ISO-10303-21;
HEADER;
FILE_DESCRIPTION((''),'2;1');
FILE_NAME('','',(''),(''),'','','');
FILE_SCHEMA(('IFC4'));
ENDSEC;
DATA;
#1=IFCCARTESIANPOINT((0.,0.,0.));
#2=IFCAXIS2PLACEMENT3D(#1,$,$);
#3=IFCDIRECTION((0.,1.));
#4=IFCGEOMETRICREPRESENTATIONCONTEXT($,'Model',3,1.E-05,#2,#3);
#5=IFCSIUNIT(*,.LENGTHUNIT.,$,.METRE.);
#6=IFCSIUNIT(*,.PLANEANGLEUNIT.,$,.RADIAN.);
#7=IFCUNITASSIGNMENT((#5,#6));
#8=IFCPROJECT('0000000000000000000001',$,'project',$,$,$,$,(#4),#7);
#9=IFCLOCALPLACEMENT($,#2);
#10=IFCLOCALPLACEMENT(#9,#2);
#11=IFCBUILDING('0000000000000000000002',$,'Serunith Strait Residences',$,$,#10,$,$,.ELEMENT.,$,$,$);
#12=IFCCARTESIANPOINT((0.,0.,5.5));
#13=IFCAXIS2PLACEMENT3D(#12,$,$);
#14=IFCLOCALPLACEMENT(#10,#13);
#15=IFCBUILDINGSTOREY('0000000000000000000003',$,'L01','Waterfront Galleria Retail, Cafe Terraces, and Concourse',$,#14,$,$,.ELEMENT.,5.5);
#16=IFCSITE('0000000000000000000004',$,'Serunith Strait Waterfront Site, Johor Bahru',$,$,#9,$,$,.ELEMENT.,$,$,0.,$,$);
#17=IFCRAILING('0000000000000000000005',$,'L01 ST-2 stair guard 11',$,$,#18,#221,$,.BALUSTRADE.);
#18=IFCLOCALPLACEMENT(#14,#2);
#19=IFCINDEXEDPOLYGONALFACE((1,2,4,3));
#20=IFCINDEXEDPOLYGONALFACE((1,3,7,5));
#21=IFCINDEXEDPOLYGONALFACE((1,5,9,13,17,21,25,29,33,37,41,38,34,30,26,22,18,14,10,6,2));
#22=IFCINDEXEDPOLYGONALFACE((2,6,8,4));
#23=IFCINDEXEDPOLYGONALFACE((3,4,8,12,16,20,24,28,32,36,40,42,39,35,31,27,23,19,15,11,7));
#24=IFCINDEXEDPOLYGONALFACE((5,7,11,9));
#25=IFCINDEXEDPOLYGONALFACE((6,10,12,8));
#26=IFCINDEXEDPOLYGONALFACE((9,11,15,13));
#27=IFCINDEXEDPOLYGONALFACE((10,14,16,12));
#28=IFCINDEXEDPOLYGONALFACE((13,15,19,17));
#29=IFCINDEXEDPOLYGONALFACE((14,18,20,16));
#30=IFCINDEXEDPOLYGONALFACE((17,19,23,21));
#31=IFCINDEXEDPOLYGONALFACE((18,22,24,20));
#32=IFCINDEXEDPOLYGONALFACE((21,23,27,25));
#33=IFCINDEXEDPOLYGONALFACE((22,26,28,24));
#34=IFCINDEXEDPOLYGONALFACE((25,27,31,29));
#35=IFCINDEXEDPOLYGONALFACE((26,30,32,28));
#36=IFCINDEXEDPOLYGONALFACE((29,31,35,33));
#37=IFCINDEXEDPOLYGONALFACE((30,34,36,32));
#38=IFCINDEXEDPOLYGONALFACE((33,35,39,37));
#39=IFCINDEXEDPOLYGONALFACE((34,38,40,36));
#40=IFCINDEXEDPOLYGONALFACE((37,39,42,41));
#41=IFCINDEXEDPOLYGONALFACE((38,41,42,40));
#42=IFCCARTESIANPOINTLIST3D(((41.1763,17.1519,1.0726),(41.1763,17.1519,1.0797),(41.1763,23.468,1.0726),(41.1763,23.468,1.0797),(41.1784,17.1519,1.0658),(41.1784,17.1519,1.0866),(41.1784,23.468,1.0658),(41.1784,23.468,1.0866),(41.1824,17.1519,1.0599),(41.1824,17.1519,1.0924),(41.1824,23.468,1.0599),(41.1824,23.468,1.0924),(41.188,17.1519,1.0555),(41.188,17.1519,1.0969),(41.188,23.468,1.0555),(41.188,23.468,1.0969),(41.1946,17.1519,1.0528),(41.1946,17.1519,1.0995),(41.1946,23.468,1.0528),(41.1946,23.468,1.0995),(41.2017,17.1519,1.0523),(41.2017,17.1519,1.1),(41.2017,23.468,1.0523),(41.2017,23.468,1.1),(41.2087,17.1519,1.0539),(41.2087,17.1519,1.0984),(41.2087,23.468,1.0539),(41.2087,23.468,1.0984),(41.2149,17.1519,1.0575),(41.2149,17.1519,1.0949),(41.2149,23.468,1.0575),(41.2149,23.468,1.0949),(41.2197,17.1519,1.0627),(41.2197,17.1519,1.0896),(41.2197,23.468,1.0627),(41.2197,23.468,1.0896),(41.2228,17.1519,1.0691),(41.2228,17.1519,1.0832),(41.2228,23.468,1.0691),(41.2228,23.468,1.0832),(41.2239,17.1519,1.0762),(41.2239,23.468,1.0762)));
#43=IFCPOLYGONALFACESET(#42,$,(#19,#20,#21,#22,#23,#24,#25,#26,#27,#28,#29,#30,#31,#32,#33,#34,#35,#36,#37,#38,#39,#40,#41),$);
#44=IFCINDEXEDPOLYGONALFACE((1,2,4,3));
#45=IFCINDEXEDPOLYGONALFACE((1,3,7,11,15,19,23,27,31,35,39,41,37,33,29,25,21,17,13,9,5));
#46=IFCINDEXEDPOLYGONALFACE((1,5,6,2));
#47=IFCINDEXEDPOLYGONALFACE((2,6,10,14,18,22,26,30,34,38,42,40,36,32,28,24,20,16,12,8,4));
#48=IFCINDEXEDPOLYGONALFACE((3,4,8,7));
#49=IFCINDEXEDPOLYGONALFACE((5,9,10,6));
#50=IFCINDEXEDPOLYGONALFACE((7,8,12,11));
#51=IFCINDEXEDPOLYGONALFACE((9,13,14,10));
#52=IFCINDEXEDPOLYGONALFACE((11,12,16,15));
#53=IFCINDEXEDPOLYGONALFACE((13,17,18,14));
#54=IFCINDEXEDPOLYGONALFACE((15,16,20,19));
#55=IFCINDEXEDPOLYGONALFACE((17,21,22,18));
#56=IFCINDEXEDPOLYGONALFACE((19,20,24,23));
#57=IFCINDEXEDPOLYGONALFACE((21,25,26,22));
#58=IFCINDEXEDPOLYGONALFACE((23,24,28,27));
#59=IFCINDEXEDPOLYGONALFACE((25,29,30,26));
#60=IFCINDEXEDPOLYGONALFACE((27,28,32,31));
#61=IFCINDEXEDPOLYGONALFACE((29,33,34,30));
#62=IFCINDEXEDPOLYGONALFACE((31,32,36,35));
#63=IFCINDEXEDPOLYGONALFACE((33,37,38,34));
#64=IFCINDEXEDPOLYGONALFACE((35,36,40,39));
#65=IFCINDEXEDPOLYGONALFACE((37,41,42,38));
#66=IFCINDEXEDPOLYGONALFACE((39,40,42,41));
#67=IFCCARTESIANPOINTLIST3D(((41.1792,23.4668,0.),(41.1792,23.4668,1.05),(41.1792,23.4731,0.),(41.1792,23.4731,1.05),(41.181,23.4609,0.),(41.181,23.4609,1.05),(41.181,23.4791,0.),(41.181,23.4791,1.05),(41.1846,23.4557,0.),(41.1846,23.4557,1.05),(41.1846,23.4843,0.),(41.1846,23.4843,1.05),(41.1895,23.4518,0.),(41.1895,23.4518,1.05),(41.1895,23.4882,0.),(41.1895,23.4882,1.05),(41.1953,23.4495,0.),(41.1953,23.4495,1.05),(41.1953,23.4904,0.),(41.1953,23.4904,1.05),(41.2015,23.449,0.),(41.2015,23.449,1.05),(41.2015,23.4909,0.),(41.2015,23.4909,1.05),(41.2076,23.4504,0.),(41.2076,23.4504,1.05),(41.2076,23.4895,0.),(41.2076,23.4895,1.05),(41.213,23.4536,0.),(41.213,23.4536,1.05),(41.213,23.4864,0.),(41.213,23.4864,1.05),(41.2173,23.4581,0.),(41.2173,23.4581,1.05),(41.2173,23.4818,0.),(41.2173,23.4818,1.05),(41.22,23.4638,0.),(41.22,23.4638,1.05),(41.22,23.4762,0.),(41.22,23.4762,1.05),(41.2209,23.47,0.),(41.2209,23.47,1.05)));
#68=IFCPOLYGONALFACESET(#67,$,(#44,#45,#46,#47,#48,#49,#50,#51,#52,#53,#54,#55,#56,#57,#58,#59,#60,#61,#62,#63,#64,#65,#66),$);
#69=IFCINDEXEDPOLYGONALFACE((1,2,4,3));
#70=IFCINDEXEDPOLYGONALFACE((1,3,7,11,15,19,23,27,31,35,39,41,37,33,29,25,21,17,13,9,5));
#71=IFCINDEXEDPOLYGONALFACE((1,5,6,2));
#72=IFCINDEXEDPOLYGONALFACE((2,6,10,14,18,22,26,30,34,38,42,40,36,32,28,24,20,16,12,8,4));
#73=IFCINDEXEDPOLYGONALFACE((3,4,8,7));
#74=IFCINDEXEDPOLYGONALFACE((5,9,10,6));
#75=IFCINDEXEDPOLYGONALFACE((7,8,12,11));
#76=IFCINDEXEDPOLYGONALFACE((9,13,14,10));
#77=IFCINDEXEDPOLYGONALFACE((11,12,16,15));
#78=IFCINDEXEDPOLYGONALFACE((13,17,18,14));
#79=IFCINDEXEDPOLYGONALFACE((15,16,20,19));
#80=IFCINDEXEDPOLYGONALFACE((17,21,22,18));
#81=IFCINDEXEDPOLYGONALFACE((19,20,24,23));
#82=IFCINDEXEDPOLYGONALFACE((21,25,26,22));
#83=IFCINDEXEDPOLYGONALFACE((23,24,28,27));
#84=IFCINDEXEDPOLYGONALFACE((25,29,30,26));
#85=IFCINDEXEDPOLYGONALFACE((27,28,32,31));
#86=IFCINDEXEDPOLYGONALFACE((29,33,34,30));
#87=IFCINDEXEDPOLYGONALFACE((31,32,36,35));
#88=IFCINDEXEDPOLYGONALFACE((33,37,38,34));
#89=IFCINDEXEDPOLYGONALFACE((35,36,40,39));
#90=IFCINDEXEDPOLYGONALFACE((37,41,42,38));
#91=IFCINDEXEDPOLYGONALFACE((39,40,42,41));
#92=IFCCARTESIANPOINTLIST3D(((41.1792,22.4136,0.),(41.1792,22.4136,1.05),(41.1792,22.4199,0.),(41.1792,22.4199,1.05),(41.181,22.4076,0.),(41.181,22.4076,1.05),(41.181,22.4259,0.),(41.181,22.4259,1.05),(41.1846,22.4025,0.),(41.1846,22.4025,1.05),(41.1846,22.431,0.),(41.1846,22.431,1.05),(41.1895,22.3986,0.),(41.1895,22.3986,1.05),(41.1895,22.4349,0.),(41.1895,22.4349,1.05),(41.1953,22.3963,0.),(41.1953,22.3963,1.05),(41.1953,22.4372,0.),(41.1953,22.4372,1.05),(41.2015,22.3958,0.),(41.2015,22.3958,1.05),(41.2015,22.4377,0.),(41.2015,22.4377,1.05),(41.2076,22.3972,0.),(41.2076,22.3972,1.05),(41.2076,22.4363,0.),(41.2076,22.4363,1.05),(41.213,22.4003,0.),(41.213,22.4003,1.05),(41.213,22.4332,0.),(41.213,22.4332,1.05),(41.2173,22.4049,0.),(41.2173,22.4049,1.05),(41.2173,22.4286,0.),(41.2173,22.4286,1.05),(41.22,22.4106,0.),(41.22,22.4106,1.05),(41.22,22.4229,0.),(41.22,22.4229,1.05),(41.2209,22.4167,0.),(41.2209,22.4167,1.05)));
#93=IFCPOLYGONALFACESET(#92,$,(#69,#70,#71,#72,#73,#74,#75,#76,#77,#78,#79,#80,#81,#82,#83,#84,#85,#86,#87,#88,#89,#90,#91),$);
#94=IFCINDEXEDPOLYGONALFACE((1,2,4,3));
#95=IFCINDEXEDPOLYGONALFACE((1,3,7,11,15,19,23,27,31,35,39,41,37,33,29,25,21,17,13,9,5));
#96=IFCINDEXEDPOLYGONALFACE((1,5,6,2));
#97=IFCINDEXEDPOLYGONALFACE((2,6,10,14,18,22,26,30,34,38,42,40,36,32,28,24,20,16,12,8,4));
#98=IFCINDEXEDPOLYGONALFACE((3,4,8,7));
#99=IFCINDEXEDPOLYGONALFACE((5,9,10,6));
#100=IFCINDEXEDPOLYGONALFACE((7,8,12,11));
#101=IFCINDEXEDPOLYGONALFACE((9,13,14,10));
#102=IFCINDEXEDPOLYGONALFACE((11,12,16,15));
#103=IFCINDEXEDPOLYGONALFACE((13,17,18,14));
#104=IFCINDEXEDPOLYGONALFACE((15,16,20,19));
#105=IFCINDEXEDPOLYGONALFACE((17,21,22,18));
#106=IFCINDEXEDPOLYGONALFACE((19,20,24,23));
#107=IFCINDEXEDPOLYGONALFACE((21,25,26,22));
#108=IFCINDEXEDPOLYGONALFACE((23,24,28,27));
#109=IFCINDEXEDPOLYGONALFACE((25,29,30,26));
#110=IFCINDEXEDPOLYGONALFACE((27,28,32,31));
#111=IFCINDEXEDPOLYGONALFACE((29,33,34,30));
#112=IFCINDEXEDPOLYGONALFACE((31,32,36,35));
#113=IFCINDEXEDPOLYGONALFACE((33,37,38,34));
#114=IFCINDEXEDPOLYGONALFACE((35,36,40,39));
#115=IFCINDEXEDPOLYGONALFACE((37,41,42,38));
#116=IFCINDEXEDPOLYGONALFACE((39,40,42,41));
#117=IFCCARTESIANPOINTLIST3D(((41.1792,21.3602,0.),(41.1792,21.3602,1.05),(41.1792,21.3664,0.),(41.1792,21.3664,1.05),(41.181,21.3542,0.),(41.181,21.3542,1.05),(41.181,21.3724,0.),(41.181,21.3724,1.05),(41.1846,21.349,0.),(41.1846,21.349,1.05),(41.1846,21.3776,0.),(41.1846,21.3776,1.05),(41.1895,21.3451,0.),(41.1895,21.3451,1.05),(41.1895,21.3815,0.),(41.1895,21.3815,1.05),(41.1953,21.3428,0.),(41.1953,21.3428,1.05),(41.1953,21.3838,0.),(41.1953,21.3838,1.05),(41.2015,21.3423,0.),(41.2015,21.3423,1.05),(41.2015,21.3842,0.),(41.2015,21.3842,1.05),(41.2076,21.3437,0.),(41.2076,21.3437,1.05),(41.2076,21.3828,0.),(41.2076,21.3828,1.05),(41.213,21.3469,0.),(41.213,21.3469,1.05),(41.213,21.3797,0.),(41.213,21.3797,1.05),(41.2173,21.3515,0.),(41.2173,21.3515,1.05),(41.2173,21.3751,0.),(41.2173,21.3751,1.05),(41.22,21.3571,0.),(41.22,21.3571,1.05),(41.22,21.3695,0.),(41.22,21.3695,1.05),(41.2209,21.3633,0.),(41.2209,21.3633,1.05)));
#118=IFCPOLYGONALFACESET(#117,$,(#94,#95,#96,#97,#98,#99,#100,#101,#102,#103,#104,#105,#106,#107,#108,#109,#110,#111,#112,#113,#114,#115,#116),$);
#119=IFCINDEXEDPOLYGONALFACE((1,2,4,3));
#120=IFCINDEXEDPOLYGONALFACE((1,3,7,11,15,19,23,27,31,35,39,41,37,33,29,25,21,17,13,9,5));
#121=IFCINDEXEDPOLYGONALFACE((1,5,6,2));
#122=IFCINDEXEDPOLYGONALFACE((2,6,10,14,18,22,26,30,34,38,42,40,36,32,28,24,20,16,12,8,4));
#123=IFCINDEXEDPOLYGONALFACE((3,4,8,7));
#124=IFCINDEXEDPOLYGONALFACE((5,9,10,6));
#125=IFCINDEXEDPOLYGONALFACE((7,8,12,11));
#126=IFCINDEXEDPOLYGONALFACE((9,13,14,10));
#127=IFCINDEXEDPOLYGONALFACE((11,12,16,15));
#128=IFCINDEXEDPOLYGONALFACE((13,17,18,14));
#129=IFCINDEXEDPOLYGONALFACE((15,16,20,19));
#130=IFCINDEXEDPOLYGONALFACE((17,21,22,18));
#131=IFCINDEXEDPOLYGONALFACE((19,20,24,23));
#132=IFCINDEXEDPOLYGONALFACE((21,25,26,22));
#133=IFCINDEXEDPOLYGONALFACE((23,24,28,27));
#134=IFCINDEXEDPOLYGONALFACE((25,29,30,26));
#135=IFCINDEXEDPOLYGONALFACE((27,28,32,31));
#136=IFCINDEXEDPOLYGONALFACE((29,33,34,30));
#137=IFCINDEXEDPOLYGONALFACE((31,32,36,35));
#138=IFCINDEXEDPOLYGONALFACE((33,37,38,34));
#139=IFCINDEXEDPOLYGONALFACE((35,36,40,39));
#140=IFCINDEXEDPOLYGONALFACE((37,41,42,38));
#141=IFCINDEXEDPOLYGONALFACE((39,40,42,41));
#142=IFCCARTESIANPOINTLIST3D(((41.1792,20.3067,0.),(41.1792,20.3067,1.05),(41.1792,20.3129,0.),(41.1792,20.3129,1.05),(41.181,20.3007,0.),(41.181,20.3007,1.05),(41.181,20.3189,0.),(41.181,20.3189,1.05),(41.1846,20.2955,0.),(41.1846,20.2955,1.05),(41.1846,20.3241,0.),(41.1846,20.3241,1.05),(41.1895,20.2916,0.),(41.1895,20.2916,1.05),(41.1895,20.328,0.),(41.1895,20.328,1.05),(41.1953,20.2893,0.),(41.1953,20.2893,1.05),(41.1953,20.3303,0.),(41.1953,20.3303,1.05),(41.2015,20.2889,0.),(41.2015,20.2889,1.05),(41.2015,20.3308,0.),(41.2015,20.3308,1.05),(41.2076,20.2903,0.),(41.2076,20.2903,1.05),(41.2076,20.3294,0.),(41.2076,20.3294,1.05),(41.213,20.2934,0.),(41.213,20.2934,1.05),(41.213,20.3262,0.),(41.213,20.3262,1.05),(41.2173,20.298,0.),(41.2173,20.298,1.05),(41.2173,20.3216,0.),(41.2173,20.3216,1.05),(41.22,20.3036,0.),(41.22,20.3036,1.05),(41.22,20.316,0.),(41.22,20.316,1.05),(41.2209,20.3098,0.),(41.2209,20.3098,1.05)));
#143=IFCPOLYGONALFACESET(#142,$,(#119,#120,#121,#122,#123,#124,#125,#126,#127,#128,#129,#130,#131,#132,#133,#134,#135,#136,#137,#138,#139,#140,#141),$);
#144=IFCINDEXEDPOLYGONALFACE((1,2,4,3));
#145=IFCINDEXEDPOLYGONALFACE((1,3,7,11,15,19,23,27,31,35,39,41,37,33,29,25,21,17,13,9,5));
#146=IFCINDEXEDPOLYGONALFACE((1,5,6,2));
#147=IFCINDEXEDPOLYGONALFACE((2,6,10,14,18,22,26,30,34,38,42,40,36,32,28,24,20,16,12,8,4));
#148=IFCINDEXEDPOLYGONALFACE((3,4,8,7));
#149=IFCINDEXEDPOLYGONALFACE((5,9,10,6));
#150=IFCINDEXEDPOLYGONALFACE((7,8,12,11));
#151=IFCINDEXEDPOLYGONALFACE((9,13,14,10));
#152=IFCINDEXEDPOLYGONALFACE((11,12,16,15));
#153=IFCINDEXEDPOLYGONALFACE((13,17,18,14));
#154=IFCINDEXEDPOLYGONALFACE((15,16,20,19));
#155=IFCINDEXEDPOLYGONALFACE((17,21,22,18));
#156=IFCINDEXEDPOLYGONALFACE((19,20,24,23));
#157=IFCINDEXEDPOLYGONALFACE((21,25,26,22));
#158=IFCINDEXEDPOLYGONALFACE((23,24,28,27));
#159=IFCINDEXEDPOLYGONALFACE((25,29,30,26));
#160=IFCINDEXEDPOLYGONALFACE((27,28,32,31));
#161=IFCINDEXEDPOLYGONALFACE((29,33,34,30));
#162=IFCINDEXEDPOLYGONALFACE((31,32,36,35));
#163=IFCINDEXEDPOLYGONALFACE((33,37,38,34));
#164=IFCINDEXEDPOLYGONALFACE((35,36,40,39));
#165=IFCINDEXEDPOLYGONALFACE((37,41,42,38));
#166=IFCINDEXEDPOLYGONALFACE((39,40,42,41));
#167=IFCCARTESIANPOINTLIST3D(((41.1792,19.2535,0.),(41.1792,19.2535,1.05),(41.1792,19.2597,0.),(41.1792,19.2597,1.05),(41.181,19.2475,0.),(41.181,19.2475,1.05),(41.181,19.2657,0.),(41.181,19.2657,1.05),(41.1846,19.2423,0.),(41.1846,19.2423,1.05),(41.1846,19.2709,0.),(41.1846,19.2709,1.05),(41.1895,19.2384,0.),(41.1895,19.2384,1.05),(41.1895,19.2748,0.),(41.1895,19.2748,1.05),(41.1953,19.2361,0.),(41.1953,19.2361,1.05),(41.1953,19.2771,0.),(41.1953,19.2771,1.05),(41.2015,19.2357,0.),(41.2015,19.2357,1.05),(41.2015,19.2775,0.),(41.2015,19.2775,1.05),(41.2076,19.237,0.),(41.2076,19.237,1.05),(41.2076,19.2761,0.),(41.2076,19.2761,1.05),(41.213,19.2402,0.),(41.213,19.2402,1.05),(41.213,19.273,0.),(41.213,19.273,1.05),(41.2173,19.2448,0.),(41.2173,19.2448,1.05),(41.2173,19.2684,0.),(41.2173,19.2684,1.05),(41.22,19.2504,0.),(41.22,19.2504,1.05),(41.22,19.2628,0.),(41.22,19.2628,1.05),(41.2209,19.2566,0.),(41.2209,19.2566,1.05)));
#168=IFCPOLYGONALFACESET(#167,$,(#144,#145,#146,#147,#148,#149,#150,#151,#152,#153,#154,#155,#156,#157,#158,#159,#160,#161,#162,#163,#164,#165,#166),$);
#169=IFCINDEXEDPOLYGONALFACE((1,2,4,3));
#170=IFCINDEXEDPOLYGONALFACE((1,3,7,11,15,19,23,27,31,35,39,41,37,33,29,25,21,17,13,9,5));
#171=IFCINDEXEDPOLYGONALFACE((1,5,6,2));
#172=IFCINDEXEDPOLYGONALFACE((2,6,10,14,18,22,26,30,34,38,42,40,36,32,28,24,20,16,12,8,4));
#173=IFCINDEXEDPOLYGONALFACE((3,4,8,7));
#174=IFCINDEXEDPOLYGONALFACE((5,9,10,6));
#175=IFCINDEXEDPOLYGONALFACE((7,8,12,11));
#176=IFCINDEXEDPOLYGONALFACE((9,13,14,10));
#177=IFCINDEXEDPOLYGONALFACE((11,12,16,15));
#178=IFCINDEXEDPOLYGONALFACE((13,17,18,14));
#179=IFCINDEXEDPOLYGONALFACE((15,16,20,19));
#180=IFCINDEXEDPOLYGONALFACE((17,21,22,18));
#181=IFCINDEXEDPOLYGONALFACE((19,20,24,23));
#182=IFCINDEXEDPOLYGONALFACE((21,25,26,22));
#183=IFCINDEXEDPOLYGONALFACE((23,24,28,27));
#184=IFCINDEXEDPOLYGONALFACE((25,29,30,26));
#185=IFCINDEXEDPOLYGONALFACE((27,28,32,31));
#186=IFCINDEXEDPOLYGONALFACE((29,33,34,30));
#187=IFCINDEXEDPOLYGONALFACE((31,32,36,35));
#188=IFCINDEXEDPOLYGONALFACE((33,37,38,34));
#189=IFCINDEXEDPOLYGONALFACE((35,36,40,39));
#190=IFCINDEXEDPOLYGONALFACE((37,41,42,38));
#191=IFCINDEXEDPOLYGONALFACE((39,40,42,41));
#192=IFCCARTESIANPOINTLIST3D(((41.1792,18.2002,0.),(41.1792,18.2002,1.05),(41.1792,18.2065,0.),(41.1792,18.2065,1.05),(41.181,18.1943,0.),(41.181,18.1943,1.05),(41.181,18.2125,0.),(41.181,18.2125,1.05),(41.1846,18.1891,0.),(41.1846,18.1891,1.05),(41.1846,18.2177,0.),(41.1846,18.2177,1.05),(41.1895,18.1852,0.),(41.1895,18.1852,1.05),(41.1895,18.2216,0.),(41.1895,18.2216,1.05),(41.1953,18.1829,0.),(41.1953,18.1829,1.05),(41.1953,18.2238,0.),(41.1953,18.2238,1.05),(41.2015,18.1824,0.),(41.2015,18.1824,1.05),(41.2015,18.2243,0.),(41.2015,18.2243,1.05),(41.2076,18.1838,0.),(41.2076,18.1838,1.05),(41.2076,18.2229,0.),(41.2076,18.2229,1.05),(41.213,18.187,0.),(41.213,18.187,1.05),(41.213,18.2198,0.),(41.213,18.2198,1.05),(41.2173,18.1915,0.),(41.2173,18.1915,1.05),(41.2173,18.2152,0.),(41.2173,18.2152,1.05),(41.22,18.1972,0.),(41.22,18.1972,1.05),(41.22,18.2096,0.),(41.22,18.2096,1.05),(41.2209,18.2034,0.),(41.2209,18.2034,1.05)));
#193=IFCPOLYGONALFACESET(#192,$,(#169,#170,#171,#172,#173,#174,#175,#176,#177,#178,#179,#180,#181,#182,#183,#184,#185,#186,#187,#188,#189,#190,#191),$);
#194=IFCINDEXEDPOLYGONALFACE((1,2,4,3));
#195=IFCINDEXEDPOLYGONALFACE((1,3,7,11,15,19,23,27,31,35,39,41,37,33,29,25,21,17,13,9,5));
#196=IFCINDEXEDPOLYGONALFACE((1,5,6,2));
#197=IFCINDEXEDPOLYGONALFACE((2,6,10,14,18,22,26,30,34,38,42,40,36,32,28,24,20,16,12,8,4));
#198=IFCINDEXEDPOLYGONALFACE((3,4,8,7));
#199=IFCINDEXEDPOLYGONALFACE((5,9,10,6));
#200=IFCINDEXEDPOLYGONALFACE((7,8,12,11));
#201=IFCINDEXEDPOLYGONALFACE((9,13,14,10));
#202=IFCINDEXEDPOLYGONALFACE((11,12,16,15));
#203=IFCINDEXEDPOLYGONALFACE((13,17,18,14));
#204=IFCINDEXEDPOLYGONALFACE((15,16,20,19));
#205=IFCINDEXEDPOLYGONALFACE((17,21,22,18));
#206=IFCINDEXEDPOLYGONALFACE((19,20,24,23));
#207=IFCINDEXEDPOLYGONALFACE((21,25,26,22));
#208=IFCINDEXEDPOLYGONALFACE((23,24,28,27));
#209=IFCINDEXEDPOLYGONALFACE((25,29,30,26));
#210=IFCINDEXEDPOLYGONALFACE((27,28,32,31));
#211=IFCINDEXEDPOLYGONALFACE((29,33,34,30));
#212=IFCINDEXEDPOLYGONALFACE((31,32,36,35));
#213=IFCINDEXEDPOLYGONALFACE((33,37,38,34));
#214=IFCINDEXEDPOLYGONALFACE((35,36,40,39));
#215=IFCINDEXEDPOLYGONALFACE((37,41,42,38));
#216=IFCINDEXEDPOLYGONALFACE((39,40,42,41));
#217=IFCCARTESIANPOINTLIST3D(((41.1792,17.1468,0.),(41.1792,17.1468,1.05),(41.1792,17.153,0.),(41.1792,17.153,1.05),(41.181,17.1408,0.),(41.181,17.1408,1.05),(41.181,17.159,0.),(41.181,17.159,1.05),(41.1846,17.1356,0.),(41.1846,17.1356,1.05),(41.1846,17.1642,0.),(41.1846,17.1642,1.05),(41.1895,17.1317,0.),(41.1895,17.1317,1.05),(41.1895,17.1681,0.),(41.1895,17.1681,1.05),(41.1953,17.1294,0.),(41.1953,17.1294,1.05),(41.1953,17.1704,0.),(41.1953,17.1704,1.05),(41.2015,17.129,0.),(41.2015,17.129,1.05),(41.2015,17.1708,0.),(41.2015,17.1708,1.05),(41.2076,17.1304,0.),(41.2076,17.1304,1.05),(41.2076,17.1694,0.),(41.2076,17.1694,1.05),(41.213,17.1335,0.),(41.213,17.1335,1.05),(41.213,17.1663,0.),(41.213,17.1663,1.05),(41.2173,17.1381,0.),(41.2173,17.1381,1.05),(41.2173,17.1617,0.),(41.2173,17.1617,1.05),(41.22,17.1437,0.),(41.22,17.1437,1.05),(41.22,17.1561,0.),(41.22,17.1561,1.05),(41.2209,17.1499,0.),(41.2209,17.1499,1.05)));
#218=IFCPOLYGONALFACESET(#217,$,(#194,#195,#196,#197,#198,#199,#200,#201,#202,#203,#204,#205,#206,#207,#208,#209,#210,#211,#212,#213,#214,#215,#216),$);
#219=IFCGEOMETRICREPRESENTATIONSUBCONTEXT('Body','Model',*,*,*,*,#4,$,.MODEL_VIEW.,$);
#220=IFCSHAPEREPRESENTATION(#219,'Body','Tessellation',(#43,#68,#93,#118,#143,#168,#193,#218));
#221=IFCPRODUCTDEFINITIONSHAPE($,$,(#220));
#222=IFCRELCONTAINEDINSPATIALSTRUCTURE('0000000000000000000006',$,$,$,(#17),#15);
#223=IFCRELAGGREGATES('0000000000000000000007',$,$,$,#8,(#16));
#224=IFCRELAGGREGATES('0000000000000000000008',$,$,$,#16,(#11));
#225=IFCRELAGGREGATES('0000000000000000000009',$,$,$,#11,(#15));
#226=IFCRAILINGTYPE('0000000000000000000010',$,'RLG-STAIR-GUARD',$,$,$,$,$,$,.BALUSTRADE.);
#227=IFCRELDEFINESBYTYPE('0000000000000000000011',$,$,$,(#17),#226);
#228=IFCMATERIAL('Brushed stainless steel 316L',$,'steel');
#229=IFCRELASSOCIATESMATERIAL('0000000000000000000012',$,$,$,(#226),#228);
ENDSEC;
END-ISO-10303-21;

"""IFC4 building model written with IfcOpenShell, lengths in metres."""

from ifc_helpers import new_model, si_unit, direction, frame, origin, origin_2d, place, context, subcontext, project, spatial, circle, extrude, material, type_object, element, save


model = new_model("IFC4")

# Units and contexts
model_context = context("Model", 3, precision=1e-05, world=origin(), true_north=direction((0.0, 1.0)))
body_context = subcontext(model_context, "Body", "Model", "MODEL_VIEW")
ifc_project = project(units=[si_unit("LENGTHUNIT", "METRE"), si_unit("PLANEANGLEUNIT", "RADIAN")], contexts=[model_context])

# Site, building, storey
site_placement = place(None, origin())
site = spatial("IfcSite", under=ifc_project, at=site_placement, Name="Serunith Strait Waterfront Site, Johor Bahru", CompositionType="ELEMENT", RefElevation=0.0)
building_placement = place(site_placement, origin())
building = spatial("IfcBuilding", under=site, at=building_placement, Name="Serunith Strait Residences", CompositionType="ELEMENT")
storey_placement = place(building_placement, frame((0.0, 0.0, 5.5)))
storey = spatial("IfcBuildingStorey", under=building, at=storey_placement, Name="L01", Description="Waterfront Galleria Retail, Cafe Terraces, and Concourse", CompositionType="ELEMENT", Elevation=5.5)

# Railing
ifc_material_1 = material(Name="Brushed stainless steel 316L", Category="steel")
railing_type_1 = type_object("IfcRailingType", Name="RLG-STAIR-GUARD", PredefinedType="BALUSTRADE", material=ifc_material_1)
railing_1_placement = place(storey_placement, frame((41.2, 23.47, 0.0)))
element("IfcRailing", 1, at=railing_1_placement, inside=storey, type_object=railing_type_1, Name="L01 ST-2 stair guard 11", PredefinedType="BALUSTRADE", context=body_context, shape_type="SweptSolid", body=[
    extrude(circle(Radius=0.0239, at=origin_2d()), frame((0.0, -0.002, 1.0762), z_axis=(0.0, -1.0, 0.0), x_axis=(1.0, 0.0, 0.0)), (0.0, 0.0, 1.0), 6.3162),
    extrude(circle(Radius=0.021, at=origin_2d()), origin(), (0.0, 0.0, 1.0), 1.05),
    extrude(circle(Radius=0.021, at=origin_2d()), frame((0.0, -1.0532, 0.0)), (0.0, 0.0, 1.0), 1.05),
    extrude(circle(Radius=0.021, at=origin_2d()), frame((0.0, -2.1067, 0.0)), (0.0, 0.0, 1.0), 1.05),
    extrude(circle(Radius=0.021, at=origin_2d()), frame((0.0, -3.1602, 0.0)), (0.0, 0.0, 1.0), 1.05),
    extrude(circle(Radius=0.021, at=origin_2d()), frame((0.0, -4.2134, 0.0)), (0.0, 0.0, 1.0), 1.05),
    extrude(circle(Radius=0.021, at=origin_2d()), frame((0.0, -5.2666, 0.0)), (0.0, 0.0, 1.0), 1.05),
    extrude(circle(Radius=0.021, at=origin_2d()), frame((0.0, -6.3201, 0.0)), (0.0, 0.0, 1.0), 1.05),
])

save(model, "model.ifc")
